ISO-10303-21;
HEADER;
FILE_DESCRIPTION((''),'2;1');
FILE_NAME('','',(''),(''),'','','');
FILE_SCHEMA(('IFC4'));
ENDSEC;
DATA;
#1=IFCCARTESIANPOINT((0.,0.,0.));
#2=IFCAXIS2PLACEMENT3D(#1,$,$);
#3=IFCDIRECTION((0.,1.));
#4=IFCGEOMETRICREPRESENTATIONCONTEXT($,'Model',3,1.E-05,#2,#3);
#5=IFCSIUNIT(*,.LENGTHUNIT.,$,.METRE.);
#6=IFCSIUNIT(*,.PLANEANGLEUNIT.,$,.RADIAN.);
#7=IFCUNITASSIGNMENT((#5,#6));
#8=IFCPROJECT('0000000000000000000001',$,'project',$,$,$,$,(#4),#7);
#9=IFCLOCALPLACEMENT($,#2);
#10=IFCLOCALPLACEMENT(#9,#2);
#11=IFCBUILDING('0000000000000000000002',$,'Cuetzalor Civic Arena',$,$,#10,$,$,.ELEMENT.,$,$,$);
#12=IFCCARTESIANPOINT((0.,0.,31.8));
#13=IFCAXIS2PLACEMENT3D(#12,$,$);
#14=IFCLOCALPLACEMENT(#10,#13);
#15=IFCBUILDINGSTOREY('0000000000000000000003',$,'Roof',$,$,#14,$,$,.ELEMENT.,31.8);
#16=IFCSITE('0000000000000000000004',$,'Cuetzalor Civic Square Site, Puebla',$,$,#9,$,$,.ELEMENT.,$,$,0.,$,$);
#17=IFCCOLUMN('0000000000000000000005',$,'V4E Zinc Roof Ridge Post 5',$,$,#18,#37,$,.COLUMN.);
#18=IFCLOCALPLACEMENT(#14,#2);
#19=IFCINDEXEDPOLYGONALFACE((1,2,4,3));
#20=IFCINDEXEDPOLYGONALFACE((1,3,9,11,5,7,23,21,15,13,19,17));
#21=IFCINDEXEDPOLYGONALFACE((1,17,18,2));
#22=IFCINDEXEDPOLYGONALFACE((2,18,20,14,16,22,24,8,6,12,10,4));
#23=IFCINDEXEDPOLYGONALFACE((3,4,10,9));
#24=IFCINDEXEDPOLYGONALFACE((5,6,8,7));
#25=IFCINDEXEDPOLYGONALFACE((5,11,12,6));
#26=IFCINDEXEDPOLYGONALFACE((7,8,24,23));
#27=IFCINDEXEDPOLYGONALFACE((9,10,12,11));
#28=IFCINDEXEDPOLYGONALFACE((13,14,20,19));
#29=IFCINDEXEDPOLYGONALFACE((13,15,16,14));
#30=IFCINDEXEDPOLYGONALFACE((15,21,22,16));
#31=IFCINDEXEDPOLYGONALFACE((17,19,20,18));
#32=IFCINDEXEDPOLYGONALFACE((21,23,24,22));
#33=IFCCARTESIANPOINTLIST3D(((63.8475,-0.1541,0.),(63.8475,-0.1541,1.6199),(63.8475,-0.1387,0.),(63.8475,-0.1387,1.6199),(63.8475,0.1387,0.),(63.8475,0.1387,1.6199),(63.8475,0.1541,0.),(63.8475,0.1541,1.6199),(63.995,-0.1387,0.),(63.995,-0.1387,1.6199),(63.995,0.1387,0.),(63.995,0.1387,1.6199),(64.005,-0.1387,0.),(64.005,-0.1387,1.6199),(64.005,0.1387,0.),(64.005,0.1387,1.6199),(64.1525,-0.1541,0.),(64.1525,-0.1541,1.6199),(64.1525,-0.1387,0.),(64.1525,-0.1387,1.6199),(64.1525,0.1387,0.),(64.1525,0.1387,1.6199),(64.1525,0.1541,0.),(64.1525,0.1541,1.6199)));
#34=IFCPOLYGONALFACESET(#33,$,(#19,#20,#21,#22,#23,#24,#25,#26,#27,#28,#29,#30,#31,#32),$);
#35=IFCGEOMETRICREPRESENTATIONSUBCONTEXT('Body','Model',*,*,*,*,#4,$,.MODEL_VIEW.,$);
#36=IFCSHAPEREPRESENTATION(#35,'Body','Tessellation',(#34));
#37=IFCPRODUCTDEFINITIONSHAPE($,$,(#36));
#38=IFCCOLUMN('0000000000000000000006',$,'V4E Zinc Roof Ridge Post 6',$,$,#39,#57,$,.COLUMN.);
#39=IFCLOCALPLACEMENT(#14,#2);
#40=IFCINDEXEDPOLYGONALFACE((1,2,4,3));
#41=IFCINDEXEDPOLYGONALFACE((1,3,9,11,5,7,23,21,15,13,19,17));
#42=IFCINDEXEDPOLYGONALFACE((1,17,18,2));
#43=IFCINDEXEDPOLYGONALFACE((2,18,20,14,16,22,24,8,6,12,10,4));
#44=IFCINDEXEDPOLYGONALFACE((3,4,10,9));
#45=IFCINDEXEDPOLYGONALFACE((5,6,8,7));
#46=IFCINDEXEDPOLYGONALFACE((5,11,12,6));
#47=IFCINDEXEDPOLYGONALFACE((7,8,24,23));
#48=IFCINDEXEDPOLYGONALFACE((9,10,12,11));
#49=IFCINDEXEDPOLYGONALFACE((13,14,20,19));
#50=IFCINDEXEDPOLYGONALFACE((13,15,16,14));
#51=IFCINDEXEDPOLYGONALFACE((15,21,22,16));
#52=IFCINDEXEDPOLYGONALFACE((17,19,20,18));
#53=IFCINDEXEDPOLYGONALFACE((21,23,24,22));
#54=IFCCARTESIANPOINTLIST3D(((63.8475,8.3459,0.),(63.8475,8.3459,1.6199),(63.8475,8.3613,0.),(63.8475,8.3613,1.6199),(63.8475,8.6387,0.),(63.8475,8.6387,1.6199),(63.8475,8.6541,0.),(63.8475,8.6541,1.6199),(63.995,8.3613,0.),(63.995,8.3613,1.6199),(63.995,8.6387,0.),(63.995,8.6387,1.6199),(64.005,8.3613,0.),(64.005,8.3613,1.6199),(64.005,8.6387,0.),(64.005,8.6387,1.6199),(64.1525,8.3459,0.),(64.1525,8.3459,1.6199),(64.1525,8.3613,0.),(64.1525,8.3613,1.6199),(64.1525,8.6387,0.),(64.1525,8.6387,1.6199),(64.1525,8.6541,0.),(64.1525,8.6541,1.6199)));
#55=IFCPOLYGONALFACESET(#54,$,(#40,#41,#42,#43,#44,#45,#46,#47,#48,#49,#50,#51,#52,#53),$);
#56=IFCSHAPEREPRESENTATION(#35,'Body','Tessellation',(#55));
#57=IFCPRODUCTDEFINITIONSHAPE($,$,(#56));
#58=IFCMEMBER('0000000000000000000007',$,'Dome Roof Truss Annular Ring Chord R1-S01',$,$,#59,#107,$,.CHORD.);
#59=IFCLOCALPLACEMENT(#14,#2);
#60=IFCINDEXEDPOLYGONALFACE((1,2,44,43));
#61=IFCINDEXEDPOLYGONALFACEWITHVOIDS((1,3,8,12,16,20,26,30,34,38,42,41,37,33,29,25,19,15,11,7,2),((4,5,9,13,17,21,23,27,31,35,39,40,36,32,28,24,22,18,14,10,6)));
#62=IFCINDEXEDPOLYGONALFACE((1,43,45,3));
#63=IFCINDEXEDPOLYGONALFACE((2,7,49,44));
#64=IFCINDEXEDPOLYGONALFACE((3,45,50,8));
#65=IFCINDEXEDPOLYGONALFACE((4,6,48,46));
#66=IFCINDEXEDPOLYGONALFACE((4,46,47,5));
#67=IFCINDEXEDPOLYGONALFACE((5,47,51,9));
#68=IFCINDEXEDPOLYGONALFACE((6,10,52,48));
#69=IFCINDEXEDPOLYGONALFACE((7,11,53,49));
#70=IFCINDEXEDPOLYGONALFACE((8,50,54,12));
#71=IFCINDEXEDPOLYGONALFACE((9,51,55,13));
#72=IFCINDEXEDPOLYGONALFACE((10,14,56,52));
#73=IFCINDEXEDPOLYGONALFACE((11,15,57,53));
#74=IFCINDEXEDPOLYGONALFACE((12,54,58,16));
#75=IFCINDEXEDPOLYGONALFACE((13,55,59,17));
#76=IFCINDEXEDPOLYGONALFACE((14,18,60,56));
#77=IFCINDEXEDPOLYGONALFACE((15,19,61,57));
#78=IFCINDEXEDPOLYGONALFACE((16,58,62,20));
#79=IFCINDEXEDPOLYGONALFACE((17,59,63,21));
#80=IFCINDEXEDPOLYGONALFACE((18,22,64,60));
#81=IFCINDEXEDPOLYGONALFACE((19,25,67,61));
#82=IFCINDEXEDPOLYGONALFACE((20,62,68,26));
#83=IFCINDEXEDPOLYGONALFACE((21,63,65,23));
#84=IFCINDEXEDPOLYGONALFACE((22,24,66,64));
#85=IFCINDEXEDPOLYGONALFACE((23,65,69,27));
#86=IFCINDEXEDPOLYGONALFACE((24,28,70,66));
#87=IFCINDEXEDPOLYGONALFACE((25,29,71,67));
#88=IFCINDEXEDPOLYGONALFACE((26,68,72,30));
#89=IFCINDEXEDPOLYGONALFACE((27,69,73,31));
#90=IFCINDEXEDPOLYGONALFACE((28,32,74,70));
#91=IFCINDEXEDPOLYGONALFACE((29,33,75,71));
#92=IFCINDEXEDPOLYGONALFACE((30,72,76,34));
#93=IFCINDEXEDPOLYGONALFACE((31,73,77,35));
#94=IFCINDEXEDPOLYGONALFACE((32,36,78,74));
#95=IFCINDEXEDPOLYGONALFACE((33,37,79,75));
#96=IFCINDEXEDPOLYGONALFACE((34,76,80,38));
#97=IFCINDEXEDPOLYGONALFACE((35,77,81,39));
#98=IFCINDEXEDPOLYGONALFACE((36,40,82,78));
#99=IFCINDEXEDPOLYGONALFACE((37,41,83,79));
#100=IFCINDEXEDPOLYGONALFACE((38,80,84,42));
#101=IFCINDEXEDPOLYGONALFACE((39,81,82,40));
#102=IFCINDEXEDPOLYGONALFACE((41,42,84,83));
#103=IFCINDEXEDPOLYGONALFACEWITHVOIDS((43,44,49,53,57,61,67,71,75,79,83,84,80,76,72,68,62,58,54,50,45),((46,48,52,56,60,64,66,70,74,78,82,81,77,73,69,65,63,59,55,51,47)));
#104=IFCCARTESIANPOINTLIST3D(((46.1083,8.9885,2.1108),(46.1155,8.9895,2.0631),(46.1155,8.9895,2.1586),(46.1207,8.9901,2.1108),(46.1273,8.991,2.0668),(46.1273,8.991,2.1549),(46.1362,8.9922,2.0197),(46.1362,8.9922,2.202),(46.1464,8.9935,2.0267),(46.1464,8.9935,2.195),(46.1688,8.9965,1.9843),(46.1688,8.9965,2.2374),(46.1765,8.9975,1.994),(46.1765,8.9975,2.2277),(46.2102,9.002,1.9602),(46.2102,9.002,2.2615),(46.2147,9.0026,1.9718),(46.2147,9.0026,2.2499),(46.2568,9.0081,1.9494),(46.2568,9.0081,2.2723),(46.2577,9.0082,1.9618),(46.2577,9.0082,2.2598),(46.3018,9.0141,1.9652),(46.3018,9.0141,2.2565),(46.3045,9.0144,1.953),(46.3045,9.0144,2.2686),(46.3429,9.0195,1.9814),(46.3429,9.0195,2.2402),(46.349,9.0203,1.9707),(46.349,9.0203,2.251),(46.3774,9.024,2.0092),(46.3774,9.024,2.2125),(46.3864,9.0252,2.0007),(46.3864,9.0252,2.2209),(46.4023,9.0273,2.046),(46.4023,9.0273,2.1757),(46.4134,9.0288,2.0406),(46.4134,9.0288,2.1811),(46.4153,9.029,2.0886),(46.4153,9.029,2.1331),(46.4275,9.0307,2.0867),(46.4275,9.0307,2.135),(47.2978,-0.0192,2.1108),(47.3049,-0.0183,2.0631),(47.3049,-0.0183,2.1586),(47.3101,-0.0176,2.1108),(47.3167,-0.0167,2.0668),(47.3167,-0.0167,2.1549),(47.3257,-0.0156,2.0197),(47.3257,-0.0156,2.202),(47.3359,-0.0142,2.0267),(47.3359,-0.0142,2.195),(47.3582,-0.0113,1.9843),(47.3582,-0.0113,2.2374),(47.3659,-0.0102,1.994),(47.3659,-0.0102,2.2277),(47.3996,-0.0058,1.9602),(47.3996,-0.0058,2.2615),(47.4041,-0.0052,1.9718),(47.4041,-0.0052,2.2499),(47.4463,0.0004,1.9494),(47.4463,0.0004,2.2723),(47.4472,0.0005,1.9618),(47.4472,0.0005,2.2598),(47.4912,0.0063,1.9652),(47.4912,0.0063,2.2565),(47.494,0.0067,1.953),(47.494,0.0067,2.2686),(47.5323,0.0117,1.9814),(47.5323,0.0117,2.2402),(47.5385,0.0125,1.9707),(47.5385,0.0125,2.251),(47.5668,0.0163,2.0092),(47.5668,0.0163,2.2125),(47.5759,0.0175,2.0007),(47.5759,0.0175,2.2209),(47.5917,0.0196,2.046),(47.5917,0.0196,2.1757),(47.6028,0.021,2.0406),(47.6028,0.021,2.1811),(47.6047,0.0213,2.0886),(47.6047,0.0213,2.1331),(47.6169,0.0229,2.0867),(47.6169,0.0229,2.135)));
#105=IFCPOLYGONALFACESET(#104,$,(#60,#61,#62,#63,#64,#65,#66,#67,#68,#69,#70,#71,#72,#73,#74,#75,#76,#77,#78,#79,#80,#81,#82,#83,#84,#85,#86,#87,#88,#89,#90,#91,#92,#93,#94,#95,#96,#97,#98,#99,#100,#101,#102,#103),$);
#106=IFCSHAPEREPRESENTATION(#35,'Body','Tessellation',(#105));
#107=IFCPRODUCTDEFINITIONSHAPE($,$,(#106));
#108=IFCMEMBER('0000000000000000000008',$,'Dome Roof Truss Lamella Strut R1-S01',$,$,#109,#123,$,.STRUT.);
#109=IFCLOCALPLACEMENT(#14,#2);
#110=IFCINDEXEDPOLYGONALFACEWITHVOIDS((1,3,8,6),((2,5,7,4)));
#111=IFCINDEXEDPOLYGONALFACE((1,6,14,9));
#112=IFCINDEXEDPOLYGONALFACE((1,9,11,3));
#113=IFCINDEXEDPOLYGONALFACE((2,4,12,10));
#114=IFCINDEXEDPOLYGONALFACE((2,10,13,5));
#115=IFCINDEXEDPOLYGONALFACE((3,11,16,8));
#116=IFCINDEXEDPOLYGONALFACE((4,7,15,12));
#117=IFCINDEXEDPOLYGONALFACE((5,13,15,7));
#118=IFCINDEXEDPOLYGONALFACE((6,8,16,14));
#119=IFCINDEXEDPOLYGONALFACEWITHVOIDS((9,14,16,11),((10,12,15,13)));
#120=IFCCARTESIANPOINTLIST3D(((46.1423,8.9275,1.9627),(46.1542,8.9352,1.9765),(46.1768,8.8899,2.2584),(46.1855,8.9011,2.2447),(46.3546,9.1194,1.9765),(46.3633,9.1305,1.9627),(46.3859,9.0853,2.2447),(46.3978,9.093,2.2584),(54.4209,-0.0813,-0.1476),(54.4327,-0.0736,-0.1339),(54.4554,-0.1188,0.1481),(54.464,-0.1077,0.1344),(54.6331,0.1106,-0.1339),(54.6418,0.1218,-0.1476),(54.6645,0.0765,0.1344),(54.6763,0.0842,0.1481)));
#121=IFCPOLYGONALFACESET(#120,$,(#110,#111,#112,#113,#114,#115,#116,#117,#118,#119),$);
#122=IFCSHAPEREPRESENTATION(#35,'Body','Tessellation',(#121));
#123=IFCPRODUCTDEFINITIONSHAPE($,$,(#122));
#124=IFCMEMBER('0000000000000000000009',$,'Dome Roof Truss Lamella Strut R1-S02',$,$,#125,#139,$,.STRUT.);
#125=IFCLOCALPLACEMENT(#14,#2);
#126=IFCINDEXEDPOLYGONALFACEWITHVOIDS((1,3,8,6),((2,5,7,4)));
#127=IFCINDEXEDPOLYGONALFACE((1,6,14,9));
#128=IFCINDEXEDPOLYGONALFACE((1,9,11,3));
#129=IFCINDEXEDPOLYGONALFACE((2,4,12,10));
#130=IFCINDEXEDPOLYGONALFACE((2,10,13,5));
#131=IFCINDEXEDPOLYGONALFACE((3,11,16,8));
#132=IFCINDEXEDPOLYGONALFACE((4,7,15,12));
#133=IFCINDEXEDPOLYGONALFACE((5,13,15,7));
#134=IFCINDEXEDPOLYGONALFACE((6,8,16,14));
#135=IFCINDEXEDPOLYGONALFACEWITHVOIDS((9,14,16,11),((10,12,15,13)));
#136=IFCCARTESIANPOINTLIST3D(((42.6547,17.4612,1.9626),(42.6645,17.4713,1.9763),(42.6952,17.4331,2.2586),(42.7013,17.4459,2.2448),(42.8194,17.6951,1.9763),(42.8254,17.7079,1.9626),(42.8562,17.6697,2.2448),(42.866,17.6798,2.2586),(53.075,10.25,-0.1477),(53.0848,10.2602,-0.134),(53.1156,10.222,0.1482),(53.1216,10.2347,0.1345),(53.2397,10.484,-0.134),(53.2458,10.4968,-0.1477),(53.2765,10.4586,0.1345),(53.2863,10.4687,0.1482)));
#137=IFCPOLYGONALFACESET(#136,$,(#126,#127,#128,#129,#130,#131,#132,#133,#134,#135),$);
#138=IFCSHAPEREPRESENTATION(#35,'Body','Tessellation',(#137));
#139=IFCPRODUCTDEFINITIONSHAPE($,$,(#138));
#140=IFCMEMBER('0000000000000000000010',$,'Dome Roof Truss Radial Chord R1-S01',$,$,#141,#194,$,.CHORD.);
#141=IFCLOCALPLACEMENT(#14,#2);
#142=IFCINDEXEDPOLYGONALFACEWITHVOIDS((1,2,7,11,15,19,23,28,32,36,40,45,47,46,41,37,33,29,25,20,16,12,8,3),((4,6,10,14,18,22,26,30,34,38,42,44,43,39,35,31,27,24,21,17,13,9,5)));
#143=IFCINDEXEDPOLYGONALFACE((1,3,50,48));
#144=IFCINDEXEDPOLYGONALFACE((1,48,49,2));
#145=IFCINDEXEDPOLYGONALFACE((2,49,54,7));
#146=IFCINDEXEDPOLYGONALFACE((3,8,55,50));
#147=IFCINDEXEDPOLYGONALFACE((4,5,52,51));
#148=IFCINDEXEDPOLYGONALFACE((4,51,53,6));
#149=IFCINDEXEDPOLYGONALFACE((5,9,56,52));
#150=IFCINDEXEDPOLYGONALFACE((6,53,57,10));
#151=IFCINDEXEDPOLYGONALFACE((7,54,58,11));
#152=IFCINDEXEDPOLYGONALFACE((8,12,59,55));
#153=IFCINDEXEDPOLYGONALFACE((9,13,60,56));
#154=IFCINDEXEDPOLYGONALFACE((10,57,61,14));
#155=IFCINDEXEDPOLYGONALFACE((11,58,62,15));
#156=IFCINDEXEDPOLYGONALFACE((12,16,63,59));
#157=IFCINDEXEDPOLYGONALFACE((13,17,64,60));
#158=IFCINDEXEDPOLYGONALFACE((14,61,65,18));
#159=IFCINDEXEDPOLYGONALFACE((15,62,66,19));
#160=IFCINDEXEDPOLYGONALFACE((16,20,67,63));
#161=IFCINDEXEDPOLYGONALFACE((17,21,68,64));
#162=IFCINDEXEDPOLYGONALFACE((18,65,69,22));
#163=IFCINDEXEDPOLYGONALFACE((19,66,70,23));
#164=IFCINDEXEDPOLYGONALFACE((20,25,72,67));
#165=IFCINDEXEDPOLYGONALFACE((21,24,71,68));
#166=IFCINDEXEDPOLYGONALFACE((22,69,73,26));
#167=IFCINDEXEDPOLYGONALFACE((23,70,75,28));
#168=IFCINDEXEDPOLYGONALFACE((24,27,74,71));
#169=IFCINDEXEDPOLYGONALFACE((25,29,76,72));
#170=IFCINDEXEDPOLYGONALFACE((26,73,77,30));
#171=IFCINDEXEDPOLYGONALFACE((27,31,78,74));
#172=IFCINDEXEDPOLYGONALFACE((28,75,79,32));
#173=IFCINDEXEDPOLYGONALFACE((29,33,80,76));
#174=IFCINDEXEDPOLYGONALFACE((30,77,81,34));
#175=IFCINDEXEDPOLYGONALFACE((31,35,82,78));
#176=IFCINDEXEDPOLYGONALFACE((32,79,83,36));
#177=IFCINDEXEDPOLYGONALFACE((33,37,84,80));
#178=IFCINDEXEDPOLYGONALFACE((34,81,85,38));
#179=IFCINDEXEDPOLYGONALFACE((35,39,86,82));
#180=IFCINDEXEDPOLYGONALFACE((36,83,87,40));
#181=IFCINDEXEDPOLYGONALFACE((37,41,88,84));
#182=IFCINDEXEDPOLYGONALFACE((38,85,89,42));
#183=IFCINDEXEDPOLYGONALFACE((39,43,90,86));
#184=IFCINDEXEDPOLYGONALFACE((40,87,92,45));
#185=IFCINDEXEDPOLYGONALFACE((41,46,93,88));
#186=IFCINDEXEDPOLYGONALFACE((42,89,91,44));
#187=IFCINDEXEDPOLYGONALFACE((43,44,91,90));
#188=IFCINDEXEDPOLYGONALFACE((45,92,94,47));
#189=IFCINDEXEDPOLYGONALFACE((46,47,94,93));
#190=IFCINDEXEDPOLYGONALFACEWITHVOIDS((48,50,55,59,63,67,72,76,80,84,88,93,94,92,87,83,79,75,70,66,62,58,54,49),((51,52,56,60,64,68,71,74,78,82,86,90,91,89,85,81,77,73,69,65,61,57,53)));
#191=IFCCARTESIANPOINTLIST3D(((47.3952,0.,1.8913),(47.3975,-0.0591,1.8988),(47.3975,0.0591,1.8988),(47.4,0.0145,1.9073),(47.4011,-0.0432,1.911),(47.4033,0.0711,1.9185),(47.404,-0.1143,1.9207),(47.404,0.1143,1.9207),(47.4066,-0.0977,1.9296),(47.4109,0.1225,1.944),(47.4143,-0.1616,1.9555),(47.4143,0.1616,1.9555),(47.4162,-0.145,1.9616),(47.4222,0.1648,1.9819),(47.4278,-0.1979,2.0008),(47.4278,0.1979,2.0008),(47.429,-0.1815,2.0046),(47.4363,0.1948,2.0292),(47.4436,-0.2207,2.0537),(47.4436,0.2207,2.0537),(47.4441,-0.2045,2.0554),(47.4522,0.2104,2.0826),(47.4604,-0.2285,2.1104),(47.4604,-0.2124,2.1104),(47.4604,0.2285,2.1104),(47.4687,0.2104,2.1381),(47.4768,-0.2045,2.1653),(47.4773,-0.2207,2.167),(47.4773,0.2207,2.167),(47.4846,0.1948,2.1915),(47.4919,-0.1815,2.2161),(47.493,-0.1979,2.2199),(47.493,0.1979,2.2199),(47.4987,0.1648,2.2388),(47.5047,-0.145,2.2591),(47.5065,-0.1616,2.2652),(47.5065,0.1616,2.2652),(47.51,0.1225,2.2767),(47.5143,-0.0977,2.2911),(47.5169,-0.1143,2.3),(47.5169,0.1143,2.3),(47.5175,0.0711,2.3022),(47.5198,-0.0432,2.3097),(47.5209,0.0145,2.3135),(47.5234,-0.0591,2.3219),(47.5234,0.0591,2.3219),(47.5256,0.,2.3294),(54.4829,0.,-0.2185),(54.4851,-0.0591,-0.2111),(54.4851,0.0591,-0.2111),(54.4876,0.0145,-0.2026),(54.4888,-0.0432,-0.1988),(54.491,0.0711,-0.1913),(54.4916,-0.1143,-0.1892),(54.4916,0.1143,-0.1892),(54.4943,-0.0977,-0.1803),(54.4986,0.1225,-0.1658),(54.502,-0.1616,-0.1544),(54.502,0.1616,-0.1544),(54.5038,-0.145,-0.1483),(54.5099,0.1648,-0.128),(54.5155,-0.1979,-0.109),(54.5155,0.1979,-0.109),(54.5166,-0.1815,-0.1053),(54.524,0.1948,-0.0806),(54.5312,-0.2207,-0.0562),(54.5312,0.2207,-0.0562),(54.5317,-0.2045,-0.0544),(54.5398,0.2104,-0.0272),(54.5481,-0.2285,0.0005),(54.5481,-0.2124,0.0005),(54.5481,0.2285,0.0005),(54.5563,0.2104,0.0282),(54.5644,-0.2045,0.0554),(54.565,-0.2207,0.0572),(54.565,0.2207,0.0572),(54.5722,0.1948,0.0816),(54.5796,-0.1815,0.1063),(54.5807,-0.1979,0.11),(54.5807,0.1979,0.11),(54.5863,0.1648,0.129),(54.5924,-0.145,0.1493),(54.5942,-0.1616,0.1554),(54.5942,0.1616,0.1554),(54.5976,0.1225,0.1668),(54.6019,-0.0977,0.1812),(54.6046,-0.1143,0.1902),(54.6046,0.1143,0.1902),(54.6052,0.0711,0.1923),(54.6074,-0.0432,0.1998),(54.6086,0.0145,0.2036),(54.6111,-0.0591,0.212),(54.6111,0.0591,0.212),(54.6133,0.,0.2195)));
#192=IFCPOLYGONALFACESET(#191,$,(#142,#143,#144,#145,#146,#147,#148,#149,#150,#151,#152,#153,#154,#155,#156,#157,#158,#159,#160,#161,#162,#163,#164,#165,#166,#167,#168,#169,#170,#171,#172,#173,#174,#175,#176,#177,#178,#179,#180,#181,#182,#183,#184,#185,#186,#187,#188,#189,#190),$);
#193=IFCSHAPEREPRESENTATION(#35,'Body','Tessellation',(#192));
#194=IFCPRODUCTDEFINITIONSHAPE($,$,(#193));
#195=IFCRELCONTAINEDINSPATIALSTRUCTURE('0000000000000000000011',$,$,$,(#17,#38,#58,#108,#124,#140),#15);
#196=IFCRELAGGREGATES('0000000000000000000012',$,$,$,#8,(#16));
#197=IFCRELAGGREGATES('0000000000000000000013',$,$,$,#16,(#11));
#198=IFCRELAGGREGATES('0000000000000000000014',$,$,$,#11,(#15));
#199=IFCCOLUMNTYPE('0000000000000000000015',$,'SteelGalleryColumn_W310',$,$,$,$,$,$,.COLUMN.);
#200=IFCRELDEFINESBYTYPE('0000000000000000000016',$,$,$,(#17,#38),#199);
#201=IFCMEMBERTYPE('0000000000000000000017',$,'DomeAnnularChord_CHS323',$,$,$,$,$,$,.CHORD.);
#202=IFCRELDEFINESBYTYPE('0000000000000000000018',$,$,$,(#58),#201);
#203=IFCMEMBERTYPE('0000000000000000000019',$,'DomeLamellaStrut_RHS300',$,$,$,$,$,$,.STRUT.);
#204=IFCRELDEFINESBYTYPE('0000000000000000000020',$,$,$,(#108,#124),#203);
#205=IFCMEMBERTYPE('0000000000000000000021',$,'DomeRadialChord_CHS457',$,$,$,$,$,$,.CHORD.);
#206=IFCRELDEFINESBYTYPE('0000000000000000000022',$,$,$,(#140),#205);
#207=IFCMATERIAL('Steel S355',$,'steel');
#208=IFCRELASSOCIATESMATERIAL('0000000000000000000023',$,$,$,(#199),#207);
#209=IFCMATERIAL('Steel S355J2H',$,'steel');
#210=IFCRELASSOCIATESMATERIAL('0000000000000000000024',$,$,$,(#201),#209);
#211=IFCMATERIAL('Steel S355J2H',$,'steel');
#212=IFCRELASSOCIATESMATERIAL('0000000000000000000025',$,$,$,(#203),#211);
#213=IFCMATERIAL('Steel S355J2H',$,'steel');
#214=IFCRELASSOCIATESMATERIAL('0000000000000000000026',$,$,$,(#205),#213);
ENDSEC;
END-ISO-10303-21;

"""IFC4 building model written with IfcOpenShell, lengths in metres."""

from ifc_helpers import new_model, si_unit, direction, frame, origin, origin_2d, place, context, subcontext, project, spatial, hollow_rectangle, hollow_circle, i_section, extrude, material, material_profile, profile_set, type_object, element, save


model = new_model("IFC4")

# Units and contexts
model_context = context("Model", 3, precision=1e-05, world=origin(), true_north=direction((0.0, 1.0)))
body_context = subcontext(model_context, "Body", "Model", "MODEL_VIEW")
ifc_project = project(units=[si_unit("LENGTHUNIT", "METRE"), si_unit("PLANEANGLEUNIT", "RADIAN")], contexts=[model_context])

# Site, building, storey
site_placement = place(None, origin())
site = spatial("IfcSite", under=ifc_project, at=site_placement, Name="Cuetzalor Civic Square Site, Puebla", CompositionType="ELEMENT", RefElevation=0.0)
building_placement = place(site_placement, origin())
building = spatial("IfcBuilding", under=site, at=building_placement, Name="Cuetzalor Civic Arena", CompositionType="ELEMENT")
storey_placement = place(building_placement, frame((0.0, 0.0, 31.8)))
storey = spatial("IfcBuildingStorey", under=building, at=storey_placement, Name="Roof", CompositionType="ELEMENT", Elevation=31.8)

# Columns
ifc_material_1 = material(Name="Steel S355", Category="steel")
ifc_material_profile_1 = material_profile(ifc_material_1, i_section(OverallWidth=0.3049, OverallDepth=0.3081, WebThickness=0.01, FlangeThickness=0.0154, at=origin_2d()), Name="W310x97")
ifc_profile_set_1 = profile_set([ifc_material_profile_1], Name="Steel S355")
column_type = type_object("IfcColumnType", Name="SteelGalleryColumn_W310", PredefinedType="COLUMN", material=ifc_profile_set_1)
for number, where, z_axis, x_axis, name in (
    (1, (64.0, 0.0, 0.0), (0.0, 0.0, 1.0), (1.0, 0.0, 0.0), "V4E Zinc Roof Ridge Post 5"),
    (2, (64.0, 8.5, 0.0), (0.0, 0.0, 1.0), (1.0, 0.0, 0.0), "V4E Zinc Roof Ridge Post 6"),
):
    element("IfcColumn", number, at=place(storey_placement, frame(where, z_axis=z_axis, x_axis=x_axis)), inside=storey, type_object=column_type, Name=name, PredefinedType="COLUMN", context=body_context, shape_type="SweptSolid", body=[
        extrude(i_section(OverallWidth=0.3049, OverallDepth=0.3081, WebThickness=0.01, FlangeThickness=0.0154, at=origin_2d()), origin(), (0.0, 0.0, 1.0), 1.6199),
    ])

# Members
ifc_material_2 = material(Name="Steel S355J2H", Category="steel")
ifc_material_profile_2 = material_profile(ifc_material_2, hollow_circle(Radius=0.1619, WallThickness=0.0125, at=origin_2d()), Name="CHS 323.9x12.5")
ifc_profile_set_2 = profile_set([ifc_material_profile_2], Name="Steel S355J2H")
member_type_1 = type_object("IfcMemberType", Name="DomeAnnularChord_CHS323", PredefinedType="CHORD", material=ifc_profile_set_2)
member_1_placement = place(storey_placement, frame((47.4583, 0.002, 2.1108), z_axis=(-0.13091, 0.991394, 0.0), x_axis=(-0.991394, -0.13091, 0.0)))
element("IfcMember", 3, at=member_1_placement, inside=storey, type_object=member_type_1, Name="Dome Roof Truss Annular Ring Chord R1-S01", PredefinedType="CHORD", context=body_context, shape_type="SweptSolid", body=[
    extrude(hollow_circle(Radius=0.1619, WallThickness=0.0125, at=origin_2d()), origin(), (0.0, 0.0, 1.0), 9.0859),
])
ifc_material_3 = material(Name="Steel S355J2H", Category="steel")
ifc_material_profile_3 = material_profile(ifc_material_3, hollow_rectangle(XDim=0.3, YDim=0.3, WallThickness=0.0139, at=origin_2d()), Name="RHS 300x300x14")
ifc_profile_set_3 = profile_set([ifc_material_profile_3], Name="Steel S355J2H")
member_type_2 = type_object("IfcMemberType", Name="DomeLamellaStrut_RHS300", PredefinedType="STRUT", material=ifc_profile_set_3)
member_2_placement = place(storey_placement, frame((54.5486, 0.0015, 0.0002), z_axis=(-0.666789, 0.725604, 0.169976), x_axis=(-0.736319, -0.676635, 0.0)))
element("IfcMember", 4, at=member_2_placement, inside=storey, type_object=member_type_2, Name="Dome Roof Truss Lamella Strut R1-S01", PredefinedType="STRUT", context=body_context, shape_type="SweptSolid", body=[
    extrude(hollow_rectangle(XDim=0.3, YDim=0.3, WallThickness=0.0139, at=origin_2d()), origin(), (0.0, 0.0, 1.0), 12.4155),
])
member_3_placement = place(storey_placement, frame((53.1807, 10.3594, 0.0002), z_axis=(-0.81113, 0.561322, 0.164271), x_axis=(-0.569053, -0.822301, 0.0)))
element("IfcMember", 5, at=member_3_placement, inside=storey, type_object=member_type_2, Name="Dome Roof Truss Lamella Strut R1-S02", PredefinedType="STRUT", context=body_context, shape_type="SweptSolid", body=[
    extrude(hollow_rectangle(XDim=0.3, YDim=0.3, WallThickness=0.0139, at=origin_2d()), origin(), (0.0, 0.0, 1.0), 12.8467),
])
ifc_material_4 = material(Name="Steel S355J2H", Category="steel")
ifc_material_profile_4 = material_profile(ifc_material_4, hollow_circle(Radius=0.2285, WallThickness=0.0161, at=origin_2d()), Name="CHS 457x16")
ifc_profile_set_4 = profile_set([ifc_material_profile_4], Name="Steel S355J2H")
member_type_3 = type_object("IfcMemberType", Name="DomeRadialChord_CHS457", PredefinedType="CHORD", material=ifc_profile_set_4)
member_4_placement = place(storey_placement, frame((54.5481, 0.0, 0.0005), z_axis=(-0.958436, 0.0, 0.285309), x_axis=(0.0, -1.0, 0.0)))
element("IfcMember", 6, at=member_4_placement, inside=storey, type_object=member_type_3, Name="Dome Roof Truss Radial Chord R1-S01", PredefinedType="CHORD", context=body_context, shape_type="SweptSolid", body=[
    extrude(hollow_circle(Radius=0.2285, WallThickness=0.0161, at=origin_2d()), origin(), (0.0, 0.0, 1.0), 7.395),
])

save(model, "model.ifc")
